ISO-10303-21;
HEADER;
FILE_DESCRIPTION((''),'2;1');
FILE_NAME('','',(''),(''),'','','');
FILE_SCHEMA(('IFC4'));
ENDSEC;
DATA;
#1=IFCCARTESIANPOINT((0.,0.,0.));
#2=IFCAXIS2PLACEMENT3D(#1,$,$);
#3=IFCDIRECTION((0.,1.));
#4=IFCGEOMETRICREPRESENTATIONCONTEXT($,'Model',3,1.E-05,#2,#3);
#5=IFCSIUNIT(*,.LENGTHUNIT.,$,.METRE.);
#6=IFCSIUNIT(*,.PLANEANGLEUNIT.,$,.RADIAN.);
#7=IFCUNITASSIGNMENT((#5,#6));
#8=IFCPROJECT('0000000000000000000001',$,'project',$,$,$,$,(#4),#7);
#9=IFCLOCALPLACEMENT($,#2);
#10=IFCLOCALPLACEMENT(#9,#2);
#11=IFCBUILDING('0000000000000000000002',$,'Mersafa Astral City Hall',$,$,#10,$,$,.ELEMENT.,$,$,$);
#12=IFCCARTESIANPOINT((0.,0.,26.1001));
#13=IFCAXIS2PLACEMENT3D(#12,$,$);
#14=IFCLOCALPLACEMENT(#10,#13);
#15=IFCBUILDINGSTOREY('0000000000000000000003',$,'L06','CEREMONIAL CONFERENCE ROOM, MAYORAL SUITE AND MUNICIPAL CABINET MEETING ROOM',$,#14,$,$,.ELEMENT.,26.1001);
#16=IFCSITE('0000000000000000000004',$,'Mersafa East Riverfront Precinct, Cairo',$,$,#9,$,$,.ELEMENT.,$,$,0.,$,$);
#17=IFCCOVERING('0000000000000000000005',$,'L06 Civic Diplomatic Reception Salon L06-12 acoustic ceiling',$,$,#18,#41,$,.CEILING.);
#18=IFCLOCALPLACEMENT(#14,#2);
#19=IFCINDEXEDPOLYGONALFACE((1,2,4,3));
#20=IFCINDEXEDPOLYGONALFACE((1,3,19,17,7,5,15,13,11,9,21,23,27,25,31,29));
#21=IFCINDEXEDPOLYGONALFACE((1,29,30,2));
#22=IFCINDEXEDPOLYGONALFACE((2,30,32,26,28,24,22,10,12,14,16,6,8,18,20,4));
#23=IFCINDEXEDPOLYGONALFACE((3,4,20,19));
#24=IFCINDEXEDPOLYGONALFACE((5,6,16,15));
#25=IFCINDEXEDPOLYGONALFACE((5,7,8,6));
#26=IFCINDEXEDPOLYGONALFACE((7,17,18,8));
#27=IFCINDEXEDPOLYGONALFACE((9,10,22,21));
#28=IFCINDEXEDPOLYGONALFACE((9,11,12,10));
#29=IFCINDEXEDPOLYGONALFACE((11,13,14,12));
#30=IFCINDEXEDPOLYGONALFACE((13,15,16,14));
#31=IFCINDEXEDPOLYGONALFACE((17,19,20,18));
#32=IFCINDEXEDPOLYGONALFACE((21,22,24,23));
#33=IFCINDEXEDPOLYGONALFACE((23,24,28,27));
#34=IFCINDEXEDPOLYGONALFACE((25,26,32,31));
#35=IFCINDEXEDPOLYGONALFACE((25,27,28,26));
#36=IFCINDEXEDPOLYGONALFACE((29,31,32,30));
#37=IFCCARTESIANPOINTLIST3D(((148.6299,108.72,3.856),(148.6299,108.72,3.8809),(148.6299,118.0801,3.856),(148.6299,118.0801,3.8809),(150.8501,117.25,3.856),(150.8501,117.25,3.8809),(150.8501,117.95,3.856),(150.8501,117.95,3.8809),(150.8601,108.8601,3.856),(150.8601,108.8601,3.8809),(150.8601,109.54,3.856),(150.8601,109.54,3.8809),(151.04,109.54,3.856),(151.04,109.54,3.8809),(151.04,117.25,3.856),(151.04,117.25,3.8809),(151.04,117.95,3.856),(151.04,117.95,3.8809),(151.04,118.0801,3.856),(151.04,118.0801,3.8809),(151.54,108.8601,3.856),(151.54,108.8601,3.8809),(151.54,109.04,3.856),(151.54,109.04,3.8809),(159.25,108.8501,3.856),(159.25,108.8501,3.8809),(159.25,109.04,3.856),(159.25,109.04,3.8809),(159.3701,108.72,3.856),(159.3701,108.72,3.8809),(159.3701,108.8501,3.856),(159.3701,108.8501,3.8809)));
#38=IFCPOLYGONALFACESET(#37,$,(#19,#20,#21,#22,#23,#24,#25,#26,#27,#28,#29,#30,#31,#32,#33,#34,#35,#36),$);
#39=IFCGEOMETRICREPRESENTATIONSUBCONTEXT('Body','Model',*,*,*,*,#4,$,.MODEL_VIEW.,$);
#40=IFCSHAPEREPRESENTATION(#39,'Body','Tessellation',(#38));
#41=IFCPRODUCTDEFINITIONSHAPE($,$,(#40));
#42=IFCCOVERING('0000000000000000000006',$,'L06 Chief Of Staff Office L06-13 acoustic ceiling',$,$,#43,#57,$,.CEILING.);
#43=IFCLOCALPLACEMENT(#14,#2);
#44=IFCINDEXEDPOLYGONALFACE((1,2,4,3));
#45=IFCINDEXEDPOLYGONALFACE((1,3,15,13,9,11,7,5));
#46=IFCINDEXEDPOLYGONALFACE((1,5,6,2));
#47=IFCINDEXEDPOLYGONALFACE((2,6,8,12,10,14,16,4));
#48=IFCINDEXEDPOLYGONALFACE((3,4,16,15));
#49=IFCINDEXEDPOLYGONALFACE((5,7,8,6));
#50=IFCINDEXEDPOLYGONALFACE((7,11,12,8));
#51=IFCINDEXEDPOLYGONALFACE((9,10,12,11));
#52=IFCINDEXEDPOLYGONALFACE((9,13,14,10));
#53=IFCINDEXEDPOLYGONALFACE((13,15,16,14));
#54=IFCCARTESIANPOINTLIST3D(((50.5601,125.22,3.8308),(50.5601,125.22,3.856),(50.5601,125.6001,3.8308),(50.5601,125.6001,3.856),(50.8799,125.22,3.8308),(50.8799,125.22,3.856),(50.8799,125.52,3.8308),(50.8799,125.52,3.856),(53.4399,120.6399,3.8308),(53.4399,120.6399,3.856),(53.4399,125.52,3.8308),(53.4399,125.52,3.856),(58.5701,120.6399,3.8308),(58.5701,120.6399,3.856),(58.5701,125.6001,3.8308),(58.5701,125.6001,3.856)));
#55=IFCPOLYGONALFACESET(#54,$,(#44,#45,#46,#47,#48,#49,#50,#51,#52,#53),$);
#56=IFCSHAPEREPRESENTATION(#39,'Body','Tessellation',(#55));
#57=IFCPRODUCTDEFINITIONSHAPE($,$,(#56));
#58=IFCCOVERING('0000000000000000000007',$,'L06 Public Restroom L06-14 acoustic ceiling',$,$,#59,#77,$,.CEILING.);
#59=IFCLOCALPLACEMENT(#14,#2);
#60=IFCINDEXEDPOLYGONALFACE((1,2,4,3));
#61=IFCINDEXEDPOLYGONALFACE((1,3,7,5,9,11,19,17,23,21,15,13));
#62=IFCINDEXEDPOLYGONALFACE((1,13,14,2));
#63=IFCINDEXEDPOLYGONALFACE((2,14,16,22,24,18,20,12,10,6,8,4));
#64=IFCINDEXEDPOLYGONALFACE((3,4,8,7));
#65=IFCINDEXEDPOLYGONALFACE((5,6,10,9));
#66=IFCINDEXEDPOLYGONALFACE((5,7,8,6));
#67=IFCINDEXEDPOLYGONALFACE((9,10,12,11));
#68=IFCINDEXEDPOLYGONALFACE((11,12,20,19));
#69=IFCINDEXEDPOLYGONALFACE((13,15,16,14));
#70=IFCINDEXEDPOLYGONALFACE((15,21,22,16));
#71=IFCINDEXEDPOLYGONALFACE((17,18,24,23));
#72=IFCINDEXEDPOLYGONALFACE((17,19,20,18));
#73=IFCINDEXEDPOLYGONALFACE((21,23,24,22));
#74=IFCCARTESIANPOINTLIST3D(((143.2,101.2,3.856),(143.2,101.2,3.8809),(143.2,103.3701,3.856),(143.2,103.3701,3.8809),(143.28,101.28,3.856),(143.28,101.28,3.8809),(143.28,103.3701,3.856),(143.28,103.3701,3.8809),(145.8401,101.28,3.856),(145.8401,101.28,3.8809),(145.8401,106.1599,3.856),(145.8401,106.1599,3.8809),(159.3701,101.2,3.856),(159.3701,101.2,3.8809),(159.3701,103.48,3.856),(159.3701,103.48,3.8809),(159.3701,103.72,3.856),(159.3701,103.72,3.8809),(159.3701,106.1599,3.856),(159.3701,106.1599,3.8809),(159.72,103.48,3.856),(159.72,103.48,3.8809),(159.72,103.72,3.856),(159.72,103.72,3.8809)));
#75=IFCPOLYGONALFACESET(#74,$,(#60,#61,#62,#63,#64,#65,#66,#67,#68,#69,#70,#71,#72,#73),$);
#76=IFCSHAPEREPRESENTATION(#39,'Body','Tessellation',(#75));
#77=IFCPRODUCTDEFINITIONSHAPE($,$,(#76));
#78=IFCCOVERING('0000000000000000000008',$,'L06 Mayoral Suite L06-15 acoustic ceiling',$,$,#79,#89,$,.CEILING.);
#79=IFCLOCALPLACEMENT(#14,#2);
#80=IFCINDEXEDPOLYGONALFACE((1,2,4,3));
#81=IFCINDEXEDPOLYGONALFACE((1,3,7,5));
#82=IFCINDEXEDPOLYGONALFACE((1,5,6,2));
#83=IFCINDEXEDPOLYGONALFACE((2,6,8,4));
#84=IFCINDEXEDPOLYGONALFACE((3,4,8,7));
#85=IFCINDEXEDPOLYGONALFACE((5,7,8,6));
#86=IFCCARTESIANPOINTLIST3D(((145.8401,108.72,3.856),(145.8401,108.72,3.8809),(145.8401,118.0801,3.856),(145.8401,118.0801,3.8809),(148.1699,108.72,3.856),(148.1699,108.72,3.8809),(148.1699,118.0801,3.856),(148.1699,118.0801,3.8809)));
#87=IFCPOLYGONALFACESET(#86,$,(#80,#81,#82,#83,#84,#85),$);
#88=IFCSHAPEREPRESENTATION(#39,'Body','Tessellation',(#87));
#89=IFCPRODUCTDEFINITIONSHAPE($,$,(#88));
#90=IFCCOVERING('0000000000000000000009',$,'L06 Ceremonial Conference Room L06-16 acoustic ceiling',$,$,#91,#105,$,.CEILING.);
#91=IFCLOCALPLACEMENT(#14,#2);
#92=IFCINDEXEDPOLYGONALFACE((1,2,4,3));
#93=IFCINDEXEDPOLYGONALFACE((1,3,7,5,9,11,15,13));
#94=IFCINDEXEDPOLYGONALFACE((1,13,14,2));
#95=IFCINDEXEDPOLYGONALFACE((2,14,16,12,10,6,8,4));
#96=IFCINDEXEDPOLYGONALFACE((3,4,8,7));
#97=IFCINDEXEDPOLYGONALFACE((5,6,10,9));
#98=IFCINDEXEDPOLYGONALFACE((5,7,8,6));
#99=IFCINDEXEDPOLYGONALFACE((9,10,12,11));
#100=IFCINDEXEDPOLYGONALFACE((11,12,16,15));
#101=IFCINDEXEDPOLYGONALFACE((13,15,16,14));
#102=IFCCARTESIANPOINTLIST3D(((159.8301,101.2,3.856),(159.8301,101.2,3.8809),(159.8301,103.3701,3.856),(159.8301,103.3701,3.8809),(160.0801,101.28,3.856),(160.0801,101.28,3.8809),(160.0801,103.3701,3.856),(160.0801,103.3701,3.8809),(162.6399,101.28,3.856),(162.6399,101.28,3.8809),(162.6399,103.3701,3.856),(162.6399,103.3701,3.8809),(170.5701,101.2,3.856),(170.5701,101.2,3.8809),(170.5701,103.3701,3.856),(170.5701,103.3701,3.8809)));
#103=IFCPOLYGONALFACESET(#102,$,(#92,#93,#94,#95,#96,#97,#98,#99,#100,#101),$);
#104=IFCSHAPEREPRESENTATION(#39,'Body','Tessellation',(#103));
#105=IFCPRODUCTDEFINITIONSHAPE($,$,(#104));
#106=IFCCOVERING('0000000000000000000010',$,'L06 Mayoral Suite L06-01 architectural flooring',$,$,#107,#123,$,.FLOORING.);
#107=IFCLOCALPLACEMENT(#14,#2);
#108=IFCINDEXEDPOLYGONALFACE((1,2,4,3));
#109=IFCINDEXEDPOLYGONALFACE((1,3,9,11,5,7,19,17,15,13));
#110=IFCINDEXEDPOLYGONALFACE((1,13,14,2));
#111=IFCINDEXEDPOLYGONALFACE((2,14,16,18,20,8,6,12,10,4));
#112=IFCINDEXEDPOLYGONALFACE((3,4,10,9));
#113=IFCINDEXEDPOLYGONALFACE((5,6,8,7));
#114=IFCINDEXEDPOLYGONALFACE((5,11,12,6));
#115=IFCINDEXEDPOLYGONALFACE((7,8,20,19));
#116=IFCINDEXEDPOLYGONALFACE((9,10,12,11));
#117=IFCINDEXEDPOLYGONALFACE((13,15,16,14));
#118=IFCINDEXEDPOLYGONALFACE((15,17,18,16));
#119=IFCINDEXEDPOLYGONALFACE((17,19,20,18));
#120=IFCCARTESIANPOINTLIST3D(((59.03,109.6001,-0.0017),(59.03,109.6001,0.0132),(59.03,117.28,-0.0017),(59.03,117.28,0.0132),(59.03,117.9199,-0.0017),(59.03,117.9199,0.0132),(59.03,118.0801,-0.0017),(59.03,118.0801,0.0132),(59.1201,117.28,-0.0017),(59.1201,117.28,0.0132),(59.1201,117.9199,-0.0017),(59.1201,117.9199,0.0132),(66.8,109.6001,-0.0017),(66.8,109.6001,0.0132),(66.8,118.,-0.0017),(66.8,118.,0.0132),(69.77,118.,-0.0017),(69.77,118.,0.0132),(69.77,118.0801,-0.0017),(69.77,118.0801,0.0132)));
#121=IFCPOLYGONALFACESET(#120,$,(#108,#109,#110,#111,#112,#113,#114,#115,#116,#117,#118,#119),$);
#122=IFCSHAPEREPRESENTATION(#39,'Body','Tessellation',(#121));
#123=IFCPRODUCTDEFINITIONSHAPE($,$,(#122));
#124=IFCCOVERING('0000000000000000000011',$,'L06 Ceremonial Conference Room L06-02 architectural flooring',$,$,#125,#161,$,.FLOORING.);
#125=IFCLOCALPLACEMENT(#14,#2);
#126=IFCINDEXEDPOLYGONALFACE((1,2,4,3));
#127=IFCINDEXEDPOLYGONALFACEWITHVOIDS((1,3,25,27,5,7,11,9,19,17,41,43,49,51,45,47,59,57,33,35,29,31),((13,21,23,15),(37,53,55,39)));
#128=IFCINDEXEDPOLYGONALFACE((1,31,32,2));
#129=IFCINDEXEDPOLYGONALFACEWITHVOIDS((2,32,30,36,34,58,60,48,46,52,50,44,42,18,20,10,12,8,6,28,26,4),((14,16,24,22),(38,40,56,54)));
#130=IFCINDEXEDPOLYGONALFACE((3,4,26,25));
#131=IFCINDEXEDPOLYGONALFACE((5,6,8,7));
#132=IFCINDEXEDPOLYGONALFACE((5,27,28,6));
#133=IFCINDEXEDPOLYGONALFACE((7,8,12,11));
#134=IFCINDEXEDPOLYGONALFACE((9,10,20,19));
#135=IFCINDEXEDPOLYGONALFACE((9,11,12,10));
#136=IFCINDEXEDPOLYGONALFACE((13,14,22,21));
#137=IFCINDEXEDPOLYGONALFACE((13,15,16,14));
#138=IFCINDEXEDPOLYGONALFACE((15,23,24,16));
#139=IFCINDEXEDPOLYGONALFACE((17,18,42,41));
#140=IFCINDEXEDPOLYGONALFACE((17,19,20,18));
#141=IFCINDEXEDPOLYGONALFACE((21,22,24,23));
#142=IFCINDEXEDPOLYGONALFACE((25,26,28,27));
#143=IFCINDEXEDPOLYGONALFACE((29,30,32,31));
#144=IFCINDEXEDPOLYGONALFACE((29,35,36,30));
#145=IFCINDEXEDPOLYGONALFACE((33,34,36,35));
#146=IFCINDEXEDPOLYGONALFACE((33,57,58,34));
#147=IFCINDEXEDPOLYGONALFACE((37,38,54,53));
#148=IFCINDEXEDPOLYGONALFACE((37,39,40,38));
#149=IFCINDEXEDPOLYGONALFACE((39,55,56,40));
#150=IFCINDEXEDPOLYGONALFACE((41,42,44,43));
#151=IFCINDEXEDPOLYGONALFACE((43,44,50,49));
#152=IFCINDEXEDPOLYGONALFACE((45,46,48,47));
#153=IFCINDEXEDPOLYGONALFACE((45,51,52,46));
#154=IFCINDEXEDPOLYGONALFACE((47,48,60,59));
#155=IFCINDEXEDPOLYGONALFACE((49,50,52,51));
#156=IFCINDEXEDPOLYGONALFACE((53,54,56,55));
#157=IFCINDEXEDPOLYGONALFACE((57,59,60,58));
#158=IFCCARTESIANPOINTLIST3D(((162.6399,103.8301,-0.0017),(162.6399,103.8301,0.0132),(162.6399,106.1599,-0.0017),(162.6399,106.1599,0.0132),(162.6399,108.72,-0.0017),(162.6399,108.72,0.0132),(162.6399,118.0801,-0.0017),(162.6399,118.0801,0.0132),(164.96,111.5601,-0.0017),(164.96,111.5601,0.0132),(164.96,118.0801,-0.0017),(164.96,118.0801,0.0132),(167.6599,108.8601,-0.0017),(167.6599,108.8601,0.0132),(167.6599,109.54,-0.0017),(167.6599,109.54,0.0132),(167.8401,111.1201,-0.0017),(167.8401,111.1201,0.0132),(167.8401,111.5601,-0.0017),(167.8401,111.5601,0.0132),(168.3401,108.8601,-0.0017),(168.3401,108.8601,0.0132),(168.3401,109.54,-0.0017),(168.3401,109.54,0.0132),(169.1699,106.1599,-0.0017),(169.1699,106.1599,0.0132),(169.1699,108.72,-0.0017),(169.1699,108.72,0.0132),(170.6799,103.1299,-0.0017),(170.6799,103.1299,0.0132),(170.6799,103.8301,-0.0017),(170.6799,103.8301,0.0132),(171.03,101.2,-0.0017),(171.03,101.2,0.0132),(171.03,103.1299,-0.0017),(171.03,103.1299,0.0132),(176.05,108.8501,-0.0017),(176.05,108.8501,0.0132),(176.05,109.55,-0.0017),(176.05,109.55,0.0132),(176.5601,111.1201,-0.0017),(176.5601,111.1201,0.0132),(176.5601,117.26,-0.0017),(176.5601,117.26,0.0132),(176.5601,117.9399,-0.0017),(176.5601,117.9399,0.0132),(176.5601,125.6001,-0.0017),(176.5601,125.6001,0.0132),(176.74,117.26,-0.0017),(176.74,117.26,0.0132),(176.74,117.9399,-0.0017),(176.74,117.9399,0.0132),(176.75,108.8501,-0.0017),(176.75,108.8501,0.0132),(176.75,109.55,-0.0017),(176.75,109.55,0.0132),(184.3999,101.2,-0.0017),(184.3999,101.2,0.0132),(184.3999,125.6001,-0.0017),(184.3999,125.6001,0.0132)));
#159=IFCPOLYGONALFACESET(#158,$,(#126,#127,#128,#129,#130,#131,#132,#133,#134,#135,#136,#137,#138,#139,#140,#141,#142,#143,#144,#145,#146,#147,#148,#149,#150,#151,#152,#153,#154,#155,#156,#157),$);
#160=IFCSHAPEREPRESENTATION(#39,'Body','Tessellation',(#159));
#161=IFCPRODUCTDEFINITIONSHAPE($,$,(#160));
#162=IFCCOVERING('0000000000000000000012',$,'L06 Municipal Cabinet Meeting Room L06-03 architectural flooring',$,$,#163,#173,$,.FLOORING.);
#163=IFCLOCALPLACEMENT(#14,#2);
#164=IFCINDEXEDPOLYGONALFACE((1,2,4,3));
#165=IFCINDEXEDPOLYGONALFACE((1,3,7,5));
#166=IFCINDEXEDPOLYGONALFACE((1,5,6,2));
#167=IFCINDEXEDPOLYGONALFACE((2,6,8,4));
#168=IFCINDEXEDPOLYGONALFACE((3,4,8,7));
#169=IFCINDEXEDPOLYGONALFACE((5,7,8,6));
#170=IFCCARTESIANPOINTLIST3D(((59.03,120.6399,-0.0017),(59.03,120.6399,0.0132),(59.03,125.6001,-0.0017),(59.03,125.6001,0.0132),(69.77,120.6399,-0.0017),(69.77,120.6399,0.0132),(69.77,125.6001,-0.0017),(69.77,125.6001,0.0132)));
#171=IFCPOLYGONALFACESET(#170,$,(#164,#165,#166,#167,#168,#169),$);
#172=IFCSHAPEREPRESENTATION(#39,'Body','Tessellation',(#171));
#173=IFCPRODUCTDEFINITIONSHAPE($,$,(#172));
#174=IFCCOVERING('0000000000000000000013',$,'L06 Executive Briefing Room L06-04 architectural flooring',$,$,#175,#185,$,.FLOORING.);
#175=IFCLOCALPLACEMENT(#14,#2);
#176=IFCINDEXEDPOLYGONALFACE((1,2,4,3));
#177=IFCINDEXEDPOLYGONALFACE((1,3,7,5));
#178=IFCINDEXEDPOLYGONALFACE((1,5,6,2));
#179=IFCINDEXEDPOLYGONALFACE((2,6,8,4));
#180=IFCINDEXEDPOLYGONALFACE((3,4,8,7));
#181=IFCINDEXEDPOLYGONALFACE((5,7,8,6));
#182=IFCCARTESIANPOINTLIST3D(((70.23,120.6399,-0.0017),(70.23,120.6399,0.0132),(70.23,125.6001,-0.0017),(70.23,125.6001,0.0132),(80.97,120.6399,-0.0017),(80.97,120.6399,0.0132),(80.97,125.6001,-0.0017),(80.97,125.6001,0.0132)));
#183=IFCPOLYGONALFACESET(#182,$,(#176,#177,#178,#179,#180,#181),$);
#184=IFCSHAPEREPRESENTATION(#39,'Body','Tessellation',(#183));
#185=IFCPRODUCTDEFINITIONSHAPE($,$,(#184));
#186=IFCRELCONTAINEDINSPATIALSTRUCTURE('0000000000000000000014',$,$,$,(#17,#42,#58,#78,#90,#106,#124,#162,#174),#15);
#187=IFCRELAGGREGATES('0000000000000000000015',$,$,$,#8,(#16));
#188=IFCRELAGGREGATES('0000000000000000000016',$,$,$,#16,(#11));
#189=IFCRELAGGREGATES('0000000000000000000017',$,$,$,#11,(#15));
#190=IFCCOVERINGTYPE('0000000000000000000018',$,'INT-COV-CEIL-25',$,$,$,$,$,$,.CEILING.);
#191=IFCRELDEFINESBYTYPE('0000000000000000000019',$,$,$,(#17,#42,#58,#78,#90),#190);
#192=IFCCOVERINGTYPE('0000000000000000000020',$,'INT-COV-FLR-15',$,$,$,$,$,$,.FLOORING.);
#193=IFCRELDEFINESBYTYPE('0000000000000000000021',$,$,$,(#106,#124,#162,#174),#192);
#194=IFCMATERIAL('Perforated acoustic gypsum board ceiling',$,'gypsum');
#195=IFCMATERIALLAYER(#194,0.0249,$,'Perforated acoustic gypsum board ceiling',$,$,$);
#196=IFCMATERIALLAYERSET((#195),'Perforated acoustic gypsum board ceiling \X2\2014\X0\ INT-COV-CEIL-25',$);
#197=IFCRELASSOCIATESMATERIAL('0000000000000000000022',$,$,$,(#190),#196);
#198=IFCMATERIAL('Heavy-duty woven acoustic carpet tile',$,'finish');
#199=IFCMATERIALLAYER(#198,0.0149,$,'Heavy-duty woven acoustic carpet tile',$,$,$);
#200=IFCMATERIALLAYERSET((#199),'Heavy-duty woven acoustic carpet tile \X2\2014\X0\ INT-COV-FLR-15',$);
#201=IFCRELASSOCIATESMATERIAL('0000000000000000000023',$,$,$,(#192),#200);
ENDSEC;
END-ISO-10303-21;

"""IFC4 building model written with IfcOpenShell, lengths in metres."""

from ifc_helpers import new_model, si_unit, direction, frame, origin, place, context, subcontext, project, spatial, polyline, outline, extrude, material, layer, layer_set, type_object, element, save


model = new_model("IFC4")

# Units and contexts
model_context = context("Model", 3, precision=1e-05, world=origin(), true_north=direction((0.0, 1.0)))
body_context = subcontext(model_context, "Body", "Model", "MODEL_VIEW")
ifc_project = project(units=[si_unit("LENGTHUNIT", "METRE"), si_unit("PLANEANGLEUNIT", "RADIAN")], contexts=[model_context])

# Site, building, storey
site_placement = place(None, origin())
site = spatial("IfcSite", under=ifc_project, at=site_placement, Name="Mersafa East Riverfront Precinct, Cairo", CompositionType="ELEMENT", RefElevation=0.0)
building_placement = place(site_placement, origin())
building = spatial("IfcBuilding", under=site, at=building_placement, Name="Mersafa Astral City Hall", CompositionType="ELEMENT")
storey_placement = place(building_placement, frame((0.0, 0.0, 26.1001)))
storey = spatial("IfcBuildingStorey", under=building, at=storey_placement, Name="L06", Description="CEREMONIAL CONFERENCE ROOM, MAYORAL SUITE AND MUNICIPAL CABINET MEETING ROOM", CompositionType="ELEMENT", Elevation=26.1001)

# Coverings
ifc_material_1 = material(Name="Perforated acoustic gypsum board ceiling", Category="gypsum")
ifc_layer_1 = layer(ifc_material_1, 0.0249, Name="Perforated acoustic gypsum board ceiling")
ifc_layer_set_1 = layer_set([ifc_layer_1], Name="Perforated acoustic gypsum board ceiling — INT-COV-CEIL-25")
covering_type_1 = type_object("IfcCoveringType", Name="INT-COV-CEIL-25", PredefinedType="CEILING", material=ifc_layer_set_1)
covering_1_placement = place(storey_placement, frame((0.0, 0.0, 3.856)))
element("IfcCovering", 1, at=covering_1_placement, inside=storey, type_object=covering_type_1, Name="L06 Civic Diplomatic Reception Salon L06-12 acoustic ceiling", PredefinedType="CEILING", context=body_context, shape_type="SweptSolid", body=[
    extrude(outline(polyline([(148.6299, 108.72), (148.6299, 118.0801), (151.04, 118.0801), (151.04, 117.95), (150.8501, 117.95), (150.8501, 117.25), (151.04, 117.25), (151.04, 109.54), (150.8601, 109.54), (150.8601, 108.8601), (151.54, 108.8601), (151.54, 109.04), (159.25, 109.04), (159.25, 108.8501), (159.3701, 108.8501), (159.3701, 108.72), (148.6299, 108.72)])), origin(), (0.0, 0.0, 1.0), 0.0249),
])
covering_2_placement = place(storey_placement, frame((0.0, 0.0, 3.8308)))
element("IfcCovering", 2, at=covering_2_placement, inside=storey, type_object=covering_type_1, Name="L06 Chief Of Staff Office L06-13 acoustic ceiling", PredefinedType="CEILING", context=body_context, shape_type="SweptSolid", body=[
    extrude(outline(polyline([(53.4399, 120.6399), (53.4399, 125.52), (50.8799, 125.52), (50.8799, 125.22), (50.5601, 125.22), (50.5601, 125.6001), (58.5701, 125.6001), (58.5701, 120.6399), (53.4399, 120.6399)])), origin(), (0.0, 0.0, 1.0), 0.0251),
])
covering_3_placement = place(storey_placement, frame((0.0, 0.0, 3.856)))
element("IfcCovering", 3, at=covering_3_placement, inside=storey, type_object=covering_type_1, Name="L06 Public Restroom L06-14 acoustic ceiling", PredefinedType="CEILING", context=body_context, shape_type="SweptSolid", body=[
    extrude(outline(polyline([(159.3701, 106.1599), (159.3701, 103.72), (159.72, 103.72), (159.72, 103.48), (159.3701, 103.48), (159.3701, 101.2), (143.2, 101.2), (143.2, 103.3701), (143.28, 103.3701), (143.28, 101.28), (145.8401, 101.28), (145.8401, 106.1599), (159.3701, 106.1599)])), origin(), (0.0, 0.0, 1.0), 0.0249),
])
covering_4_placement = place(storey_placement, frame((0.0, 0.0, 3.856)))
element("IfcCovering", 4, at=covering_4_placement, inside=storey, type_object=covering_type_1, Name="L06 Mayoral Suite L06-15 acoustic ceiling", PredefinedType="CEILING", context=body_context, shape_type="SweptSolid", body=[
    extrude(outline(polyline([(148.1699, 118.0801), (148.1699, 108.72), (145.8401, 108.72), (145.8401, 118.0801), (148.1699, 118.0801)])), origin(), (0.0, 0.0, 1.0), 0.0249),
])
covering_5_placement = place(storey_placement, frame((0.0, 0.0, 3.856)))
element("IfcCovering", 5, at=covering_5_placement, inside=storey, type_object=covering_type_1, Name="L06 Ceremonial Conference Room L06-16 acoustic ceiling", PredefinedType="CEILING", context=body_context, shape_type="SweptSolid", body=[
    extrude(outline(polyline([(160.0801, 103.3701), (160.0801, 101.28), (162.6399, 101.28), (162.6399, 103.3701), (170.5701, 103.3701), (170.5701, 101.2), (159.8301, 101.2), (159.8301, 103.3701), (160.0801, 103.3701)])), origin(), (0.0, 0.0, 1.0), 0.0249),
])
ifc_material_2 = material(Name="Heavy-duty woven acoustic carpet tile", Category="finish")
ifc_layer_2 = layer(ifc_material_2, 0.0149, Name="Heavy-duty woven acoustic carpet tile")
ifc_layer_set_2 = layer_set([ifc_layer_2], Name="Heavy-duty woven acoustic carpet tile — INT-COV-FLR-15")
covering_type_2 = type_object("IfcCoveringType", Name="INT-COV-FLR-15", PredefinedType="FLOORING", material=ifc_layer_set_2)
covering_6_placement = place(storey_placement, frame((0.0, 0.0, -0.0017)))
element("IfcCovering", 6, at=covering_6_placement, inside=storey, type_object=covering_type_2, Name="L06 Mayoral Suite L06-01 architectural flooring", PredefinedType="FLOORING", context=body_context, shape_type="SweptSolid", body=[
    extrude(outline(polyline([(59.1201, 117.28), (59.1201, 117.9199), (59.03, 117.9199), (59.03, 118.0801), (69.77, 118.0801), (69.77, 118.0), (66.8, 118.0), (66.8, 109.6001), (59.03, 109.6001), (59.03, 117.28), (59.1201, 117.28)])), origin(), (0.0, 0.0, 1.0), 0.0149),
])
covering_7_placement = place(storey_placement, frame((0.0, 0.0, -0.0017)))
element("IfcCovering", 7, at=covering_7_placement, inside=storey, type_object=covering_type_2, Name="L06 Ceremonial Conference Room L06-02 architectural flooring", PredefinedType="FLOORING", context=body_context, shape_type="SweptSolid", body=[
    extrude(outline(polyline([(170.6799, 103.1299), (170.6799, 103.8301), (162.6399, 103.8301), (162.6399, 106.1599), (169.1699, 106.1599), (169.1699, 108.72), (162.6399, 108.72), (162.6399, 118.0801), (164.96, 118.0801), (164.96, 111.5601), (167.8401, 111.5601), (167.8401, 111.1201), (176.5601, 111.1201), (176.5601, 117.26), (176.74, 117.26), (176.74, 117.9399), (176.5601, 117.9399), (176.5601, 125.6001), (184.3999, 125.6001), (184.3999, 101.2), (171.03, 101.2), (171.03, 103.1299), (170.6799, 103.1299)]), holes=[polyline([(176.75, 109.55), (176.05, 109.55), (176.05, 108.8501), (176.75, 108.8501), (176.75, 109.55)]), polyline([(168.3401, 109.54), (167.6599, 109.54), (167.6599, 108.8601), (168.3401, 108.8601), (168.3401, 109.54)])]), origin(), (0.0, 0.0, 1.0), 0.0149),
])
covering_8_placement = place(storey_placement, frame((0.0, 0.0, -0.0017)))
element("IfcCovering", 8, at=covering_8_placement, inside=storey, type_object=covering_type_2, Name="L06 Municipal Cabinet Meeting Room L06-03 architectural flooring", PredefinedType="FLOORING", context=body_context, shape_type="SweptSolid", body=[
    extrude(outline(polyline([(59.03, 120.6399), (59.03, 125.6001), (69.77, 125.6001), (69.77, 120.6399), (59.03, 120.6399)])), origin(), (0.0, 0.0, 1.0), 0.0149),
])
covering_9_placement = place(storey_placement, frame((0.0, 0.0, -0.0017)))
element("IfcCovering", 9, at=covering_9_placement, inside=storey, type_object=covering_type_2, Name="L06 Executive Briefing Room L06-04 architectural flooring", PredefinedType="FLOORING", context=body_context, shape_type="SweptSolid", body=[
    extrude(outline(polyline([(70.23, 120.6399), (70.23, 125.6001), (80.97, 125.6001), (80.97, 120.6399), (70.23, 120.6399)])), origin(), (0.0, 0.0, 1.0), 0.0149),
])

save(model, "model.ifc")
